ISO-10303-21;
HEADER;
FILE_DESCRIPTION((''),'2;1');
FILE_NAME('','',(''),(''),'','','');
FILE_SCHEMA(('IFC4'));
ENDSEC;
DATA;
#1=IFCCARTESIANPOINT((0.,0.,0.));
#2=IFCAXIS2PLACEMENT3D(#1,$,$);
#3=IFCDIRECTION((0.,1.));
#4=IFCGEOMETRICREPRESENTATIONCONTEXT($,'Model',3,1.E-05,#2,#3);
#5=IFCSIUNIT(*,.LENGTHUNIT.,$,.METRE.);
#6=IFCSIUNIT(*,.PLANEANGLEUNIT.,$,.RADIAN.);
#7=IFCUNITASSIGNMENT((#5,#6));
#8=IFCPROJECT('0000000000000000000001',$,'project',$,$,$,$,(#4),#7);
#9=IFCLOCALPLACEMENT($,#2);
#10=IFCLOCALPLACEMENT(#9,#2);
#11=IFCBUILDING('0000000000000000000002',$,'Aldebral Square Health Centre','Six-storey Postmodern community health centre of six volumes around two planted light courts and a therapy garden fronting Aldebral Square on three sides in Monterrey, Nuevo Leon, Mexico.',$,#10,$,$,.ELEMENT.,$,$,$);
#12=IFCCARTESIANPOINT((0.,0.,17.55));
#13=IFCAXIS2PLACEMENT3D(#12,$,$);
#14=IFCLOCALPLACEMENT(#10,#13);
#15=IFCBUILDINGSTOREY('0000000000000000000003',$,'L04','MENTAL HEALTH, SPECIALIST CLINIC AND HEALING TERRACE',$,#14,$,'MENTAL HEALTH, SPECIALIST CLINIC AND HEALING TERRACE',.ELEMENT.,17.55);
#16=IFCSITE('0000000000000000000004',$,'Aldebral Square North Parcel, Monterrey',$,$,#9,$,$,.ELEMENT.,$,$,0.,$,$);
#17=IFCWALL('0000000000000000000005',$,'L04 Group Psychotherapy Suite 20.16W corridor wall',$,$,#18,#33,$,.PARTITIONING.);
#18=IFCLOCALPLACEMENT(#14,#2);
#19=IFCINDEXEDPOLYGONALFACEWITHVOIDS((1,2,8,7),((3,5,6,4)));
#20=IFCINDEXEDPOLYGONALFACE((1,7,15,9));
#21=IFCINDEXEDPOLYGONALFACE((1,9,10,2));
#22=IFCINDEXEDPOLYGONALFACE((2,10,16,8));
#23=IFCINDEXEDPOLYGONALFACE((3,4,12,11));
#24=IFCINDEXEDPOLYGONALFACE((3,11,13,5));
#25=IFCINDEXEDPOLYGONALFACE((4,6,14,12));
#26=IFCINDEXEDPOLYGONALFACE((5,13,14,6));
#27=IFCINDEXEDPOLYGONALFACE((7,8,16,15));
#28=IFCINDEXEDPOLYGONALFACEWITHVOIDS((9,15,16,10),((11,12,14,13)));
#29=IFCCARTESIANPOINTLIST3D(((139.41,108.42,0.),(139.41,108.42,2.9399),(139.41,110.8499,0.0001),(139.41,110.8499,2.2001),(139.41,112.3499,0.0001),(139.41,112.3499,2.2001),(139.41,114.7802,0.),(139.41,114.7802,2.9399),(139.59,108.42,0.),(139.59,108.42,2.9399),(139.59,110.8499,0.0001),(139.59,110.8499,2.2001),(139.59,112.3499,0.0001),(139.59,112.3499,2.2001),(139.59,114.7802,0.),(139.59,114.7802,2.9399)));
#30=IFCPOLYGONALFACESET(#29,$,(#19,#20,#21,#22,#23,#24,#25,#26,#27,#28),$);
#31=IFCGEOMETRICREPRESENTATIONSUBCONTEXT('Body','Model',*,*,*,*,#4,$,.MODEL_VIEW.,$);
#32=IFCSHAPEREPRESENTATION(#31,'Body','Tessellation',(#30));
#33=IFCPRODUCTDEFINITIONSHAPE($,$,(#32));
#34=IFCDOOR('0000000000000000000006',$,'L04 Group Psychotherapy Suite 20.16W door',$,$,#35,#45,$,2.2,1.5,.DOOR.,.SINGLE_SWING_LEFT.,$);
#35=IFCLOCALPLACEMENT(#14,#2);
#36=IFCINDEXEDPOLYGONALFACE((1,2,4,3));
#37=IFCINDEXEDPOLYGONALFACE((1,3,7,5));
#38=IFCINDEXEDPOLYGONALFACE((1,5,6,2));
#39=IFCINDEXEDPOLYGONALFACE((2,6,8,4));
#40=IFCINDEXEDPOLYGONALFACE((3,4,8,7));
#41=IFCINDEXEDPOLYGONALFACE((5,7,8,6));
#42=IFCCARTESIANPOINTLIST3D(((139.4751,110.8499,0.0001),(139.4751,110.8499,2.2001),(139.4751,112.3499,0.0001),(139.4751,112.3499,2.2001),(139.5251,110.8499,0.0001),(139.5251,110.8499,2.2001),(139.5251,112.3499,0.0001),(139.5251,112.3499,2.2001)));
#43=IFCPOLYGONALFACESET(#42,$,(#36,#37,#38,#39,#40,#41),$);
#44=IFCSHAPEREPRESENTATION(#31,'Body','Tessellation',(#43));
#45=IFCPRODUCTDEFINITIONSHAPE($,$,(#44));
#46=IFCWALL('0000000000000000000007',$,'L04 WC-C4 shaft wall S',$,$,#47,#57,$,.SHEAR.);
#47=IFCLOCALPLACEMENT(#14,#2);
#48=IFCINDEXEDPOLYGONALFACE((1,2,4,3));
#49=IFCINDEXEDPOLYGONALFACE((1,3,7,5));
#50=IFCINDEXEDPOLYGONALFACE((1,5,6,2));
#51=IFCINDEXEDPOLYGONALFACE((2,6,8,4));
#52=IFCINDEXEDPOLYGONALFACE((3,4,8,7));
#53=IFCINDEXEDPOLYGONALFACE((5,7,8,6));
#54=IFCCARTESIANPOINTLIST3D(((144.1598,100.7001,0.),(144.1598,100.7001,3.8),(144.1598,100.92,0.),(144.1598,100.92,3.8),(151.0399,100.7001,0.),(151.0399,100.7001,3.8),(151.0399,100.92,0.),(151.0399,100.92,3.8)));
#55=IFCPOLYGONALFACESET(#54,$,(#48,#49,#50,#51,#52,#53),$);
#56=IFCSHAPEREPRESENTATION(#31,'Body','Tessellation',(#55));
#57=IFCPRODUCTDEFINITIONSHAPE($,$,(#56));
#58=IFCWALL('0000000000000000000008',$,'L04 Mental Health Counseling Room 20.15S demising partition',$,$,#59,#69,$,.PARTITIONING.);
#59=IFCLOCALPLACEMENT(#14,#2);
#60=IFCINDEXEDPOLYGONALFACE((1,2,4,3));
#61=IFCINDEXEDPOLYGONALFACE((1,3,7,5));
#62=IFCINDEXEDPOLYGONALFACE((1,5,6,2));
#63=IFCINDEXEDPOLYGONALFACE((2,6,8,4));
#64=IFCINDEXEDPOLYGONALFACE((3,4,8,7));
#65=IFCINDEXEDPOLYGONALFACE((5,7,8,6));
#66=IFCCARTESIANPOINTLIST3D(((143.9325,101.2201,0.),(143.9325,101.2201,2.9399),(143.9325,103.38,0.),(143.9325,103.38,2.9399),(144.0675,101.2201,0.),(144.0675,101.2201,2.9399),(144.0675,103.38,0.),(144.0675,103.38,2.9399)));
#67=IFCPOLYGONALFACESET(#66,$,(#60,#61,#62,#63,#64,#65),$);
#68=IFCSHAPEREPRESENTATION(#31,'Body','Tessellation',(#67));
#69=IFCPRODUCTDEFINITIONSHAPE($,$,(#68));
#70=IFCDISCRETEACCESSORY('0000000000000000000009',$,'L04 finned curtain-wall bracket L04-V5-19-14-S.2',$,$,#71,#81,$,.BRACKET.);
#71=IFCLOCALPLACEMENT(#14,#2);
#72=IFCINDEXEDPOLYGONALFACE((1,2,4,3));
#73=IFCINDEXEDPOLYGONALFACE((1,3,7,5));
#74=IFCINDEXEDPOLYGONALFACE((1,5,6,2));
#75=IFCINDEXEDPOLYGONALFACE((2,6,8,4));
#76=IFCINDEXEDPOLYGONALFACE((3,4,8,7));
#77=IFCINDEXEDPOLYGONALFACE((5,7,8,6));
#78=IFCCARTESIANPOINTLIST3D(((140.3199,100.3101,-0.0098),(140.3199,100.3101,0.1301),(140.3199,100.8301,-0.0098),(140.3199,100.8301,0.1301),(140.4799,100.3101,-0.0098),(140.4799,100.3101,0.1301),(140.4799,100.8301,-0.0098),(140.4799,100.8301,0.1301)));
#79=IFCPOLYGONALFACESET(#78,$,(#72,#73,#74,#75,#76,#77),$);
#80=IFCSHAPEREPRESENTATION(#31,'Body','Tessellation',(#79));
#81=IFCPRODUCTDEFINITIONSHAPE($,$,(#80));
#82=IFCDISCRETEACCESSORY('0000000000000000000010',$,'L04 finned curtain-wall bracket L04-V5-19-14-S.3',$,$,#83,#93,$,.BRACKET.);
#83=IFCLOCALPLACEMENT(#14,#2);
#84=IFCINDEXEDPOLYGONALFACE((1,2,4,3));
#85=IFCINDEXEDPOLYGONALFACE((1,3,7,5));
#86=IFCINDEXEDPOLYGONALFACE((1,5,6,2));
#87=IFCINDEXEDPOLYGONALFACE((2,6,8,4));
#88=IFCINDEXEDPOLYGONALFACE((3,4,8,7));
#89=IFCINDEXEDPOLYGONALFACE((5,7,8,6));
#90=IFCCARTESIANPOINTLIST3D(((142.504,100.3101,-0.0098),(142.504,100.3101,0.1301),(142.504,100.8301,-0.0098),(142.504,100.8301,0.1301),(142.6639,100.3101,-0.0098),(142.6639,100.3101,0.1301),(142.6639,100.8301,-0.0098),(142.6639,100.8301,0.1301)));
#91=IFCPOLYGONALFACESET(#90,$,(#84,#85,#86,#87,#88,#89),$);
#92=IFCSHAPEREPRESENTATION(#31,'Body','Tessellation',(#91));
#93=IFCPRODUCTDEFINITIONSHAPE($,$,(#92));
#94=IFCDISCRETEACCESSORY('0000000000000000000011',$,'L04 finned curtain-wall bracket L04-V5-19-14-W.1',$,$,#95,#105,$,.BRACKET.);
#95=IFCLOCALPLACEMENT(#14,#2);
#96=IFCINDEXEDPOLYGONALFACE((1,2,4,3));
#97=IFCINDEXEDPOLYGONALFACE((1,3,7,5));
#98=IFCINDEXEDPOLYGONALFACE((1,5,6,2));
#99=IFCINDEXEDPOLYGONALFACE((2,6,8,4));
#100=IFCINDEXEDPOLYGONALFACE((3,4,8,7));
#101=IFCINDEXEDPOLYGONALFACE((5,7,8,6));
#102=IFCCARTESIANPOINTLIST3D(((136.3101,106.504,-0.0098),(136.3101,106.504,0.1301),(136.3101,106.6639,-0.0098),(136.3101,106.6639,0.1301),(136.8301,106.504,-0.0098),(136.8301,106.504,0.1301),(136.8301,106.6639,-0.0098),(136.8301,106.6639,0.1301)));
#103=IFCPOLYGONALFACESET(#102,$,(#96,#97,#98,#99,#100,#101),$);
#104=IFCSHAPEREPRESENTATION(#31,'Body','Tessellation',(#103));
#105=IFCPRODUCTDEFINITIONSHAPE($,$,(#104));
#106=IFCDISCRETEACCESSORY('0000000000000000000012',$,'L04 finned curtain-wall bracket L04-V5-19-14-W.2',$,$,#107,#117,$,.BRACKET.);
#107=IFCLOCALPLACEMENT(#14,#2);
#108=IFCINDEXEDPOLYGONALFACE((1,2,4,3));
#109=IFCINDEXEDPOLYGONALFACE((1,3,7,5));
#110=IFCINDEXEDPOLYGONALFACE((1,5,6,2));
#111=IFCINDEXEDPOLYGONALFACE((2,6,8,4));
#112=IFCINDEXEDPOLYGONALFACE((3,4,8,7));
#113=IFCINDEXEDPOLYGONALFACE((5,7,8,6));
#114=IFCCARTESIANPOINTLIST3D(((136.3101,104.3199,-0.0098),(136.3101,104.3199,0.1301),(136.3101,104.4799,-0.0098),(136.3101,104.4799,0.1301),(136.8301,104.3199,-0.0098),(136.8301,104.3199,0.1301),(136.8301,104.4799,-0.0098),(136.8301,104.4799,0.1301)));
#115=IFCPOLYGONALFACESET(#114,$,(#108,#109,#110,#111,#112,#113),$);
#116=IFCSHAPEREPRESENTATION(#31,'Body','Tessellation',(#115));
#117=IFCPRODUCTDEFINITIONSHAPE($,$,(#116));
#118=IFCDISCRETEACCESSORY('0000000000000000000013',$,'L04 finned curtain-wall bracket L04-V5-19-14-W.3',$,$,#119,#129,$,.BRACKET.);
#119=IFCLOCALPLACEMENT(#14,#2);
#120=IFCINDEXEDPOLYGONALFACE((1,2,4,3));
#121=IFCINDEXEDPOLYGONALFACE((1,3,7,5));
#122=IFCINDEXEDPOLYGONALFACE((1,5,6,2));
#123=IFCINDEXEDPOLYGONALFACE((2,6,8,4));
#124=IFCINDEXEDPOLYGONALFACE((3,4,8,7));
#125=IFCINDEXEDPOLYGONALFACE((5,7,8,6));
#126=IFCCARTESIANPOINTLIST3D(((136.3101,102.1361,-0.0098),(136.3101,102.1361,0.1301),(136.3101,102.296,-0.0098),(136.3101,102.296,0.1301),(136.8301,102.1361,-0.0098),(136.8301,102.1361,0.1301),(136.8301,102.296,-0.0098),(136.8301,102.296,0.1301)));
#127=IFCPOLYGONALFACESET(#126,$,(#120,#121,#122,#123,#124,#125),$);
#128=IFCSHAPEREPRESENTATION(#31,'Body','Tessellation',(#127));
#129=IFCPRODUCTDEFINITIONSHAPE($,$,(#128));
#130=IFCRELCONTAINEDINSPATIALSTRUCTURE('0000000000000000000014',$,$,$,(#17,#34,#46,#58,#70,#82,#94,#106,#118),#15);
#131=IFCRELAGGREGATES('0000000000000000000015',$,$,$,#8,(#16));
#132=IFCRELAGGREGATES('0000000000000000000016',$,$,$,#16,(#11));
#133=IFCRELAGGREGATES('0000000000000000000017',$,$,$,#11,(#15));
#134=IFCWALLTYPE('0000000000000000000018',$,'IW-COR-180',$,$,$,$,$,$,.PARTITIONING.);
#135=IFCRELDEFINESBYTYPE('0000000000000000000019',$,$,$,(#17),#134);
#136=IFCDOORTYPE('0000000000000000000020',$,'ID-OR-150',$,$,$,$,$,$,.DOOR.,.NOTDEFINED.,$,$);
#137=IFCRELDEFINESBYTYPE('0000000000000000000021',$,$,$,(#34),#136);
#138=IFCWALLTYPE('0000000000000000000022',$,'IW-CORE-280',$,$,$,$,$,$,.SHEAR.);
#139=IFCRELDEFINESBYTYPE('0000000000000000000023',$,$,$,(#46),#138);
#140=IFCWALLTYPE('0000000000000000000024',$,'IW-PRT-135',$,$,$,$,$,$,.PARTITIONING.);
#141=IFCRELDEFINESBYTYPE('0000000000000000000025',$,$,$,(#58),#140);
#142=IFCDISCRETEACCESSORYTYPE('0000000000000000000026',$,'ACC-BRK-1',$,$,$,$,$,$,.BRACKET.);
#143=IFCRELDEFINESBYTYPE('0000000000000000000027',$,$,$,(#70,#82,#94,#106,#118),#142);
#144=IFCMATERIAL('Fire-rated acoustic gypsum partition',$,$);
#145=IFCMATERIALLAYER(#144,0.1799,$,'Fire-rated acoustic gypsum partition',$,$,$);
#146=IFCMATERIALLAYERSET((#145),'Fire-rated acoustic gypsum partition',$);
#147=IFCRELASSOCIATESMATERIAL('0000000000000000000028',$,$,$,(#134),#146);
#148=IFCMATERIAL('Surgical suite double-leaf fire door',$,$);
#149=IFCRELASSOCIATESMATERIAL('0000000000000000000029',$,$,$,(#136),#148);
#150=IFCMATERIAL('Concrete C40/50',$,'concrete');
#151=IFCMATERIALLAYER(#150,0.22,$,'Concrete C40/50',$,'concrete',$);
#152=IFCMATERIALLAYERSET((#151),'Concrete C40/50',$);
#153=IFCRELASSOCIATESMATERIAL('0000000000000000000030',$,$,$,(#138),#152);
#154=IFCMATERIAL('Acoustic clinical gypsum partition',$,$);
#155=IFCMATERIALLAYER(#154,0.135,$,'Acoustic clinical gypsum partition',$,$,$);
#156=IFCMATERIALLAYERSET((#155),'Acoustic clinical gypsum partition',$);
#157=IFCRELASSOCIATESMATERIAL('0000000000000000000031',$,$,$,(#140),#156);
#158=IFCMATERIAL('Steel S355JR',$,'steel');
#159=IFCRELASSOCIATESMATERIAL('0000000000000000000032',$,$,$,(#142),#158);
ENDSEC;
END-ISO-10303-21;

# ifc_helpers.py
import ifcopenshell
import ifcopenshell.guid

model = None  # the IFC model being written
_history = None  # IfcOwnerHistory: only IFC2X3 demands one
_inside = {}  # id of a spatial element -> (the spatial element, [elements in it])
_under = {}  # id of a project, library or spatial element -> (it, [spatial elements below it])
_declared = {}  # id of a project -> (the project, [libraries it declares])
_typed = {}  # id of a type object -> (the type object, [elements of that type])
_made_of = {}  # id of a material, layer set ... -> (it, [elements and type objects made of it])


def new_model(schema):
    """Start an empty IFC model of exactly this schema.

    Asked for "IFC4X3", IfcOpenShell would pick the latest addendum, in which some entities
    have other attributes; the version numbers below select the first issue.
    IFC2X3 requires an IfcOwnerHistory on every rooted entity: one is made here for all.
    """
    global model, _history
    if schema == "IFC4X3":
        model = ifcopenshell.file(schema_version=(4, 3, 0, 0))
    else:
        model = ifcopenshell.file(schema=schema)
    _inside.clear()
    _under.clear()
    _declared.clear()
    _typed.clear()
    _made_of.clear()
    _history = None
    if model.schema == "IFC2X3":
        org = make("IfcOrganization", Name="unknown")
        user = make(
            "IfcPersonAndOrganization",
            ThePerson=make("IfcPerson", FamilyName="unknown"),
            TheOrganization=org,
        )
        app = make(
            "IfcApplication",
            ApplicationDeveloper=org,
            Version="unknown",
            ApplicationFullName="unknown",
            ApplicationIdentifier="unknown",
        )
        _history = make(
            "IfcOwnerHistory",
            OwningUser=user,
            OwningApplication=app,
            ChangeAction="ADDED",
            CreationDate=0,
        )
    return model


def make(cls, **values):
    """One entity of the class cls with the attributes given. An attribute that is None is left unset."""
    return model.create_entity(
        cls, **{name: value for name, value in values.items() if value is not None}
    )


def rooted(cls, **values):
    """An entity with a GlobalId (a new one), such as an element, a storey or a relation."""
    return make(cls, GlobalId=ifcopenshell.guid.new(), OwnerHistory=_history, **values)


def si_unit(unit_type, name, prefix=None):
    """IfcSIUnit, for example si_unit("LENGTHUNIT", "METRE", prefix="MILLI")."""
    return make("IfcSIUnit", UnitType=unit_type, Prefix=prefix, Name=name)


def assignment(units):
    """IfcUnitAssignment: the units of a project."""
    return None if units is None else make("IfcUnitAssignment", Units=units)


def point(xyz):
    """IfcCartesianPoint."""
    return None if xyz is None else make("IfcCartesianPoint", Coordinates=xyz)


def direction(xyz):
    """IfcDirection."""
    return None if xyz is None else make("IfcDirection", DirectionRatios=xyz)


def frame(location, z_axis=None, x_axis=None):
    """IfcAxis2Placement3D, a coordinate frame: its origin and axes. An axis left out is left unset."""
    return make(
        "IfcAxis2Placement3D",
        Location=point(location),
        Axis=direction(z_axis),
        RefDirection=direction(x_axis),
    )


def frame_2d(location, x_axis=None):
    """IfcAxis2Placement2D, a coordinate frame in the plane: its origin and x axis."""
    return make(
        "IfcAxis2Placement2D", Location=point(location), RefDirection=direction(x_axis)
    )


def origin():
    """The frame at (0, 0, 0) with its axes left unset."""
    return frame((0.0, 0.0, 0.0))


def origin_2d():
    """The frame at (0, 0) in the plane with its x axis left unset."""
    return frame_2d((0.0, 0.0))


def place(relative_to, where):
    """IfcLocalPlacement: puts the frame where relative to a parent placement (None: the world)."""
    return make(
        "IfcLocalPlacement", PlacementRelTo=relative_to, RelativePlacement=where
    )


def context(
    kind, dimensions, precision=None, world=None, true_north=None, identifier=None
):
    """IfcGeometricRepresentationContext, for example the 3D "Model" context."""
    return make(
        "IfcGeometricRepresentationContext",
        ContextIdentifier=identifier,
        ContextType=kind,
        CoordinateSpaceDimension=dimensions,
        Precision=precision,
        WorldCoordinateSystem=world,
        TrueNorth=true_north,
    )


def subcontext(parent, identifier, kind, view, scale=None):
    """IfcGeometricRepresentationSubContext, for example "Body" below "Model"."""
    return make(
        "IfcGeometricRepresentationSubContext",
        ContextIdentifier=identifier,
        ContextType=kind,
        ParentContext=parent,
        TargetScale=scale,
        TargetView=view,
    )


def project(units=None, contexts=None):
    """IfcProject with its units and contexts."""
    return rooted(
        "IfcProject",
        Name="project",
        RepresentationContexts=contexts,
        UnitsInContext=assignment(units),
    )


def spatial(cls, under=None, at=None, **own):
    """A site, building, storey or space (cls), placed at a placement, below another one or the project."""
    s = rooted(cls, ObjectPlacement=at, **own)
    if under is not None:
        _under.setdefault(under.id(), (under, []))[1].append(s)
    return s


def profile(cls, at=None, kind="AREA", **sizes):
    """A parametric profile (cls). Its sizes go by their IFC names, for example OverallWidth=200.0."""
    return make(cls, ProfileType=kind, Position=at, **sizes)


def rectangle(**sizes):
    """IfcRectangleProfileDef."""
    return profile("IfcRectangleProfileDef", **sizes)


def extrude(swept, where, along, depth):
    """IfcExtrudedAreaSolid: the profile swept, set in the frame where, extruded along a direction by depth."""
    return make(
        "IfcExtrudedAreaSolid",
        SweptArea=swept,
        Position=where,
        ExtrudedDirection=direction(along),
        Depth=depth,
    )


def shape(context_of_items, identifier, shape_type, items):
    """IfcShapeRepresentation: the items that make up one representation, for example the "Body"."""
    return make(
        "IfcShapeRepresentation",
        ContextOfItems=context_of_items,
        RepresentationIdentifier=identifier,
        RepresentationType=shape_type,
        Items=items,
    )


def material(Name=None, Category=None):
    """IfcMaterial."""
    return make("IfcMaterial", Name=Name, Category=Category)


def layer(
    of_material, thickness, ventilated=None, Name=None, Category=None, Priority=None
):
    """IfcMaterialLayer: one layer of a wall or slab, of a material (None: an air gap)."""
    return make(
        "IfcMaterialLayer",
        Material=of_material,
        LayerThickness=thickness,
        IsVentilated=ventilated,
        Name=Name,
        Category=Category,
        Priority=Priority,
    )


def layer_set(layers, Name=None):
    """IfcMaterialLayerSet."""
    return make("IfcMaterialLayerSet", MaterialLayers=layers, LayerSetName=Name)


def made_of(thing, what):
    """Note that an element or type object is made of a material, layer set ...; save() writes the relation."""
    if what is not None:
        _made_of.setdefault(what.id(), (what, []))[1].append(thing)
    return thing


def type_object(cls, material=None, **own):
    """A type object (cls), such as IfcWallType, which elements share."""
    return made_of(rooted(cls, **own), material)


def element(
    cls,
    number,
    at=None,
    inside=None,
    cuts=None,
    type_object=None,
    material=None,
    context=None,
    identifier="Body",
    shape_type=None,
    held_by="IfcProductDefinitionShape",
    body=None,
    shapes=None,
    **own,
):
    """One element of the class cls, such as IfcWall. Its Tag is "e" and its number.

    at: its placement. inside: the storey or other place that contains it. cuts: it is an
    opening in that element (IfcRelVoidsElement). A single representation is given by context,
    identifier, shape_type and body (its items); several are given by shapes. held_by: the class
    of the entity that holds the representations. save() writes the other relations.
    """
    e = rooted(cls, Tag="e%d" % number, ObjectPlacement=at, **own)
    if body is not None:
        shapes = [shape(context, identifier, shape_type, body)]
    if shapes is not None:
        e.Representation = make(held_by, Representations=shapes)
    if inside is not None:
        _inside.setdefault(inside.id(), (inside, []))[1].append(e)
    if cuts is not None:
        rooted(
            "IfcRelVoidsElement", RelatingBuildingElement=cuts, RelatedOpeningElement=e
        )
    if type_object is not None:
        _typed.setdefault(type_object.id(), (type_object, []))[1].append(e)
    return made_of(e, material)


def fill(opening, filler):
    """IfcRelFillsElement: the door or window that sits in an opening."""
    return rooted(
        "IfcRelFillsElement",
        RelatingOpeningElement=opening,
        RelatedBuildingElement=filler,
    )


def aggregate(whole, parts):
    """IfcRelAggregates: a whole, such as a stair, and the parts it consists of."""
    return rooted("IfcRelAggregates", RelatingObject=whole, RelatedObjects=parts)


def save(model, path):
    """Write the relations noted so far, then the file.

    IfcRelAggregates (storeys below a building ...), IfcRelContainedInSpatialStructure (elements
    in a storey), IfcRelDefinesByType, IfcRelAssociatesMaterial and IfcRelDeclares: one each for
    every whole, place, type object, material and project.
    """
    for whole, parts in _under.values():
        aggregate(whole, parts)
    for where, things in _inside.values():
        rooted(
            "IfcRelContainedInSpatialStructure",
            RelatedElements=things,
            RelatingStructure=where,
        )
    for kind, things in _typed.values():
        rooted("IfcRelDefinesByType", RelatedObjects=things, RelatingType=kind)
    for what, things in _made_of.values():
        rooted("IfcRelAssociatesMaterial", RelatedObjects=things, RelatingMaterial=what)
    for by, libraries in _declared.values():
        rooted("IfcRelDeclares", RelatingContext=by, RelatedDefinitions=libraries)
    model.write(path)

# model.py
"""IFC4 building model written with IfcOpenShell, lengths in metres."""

from ifc_helpers import new_model, si_unit, direction, frame, frame_2d, origin, origin_2d, place, context, subcontext, project, spatial, rectangle, extrude, material, layer, layer_set, type_object, element, fill, save


model = new_model("IFC4")

# Units and contexts
model_context = context("Model", 3, precision=1e-05, world=origin(), true_north=direction((0.0, 1.0)))
body_context = subcontext(model_context, "Body", "Model", "MODEL_VIEW")
ifc_project = project(units=[si_unit("LENGTHUNIT", "METRE"), si_unit("PLANEANGLEUNIT", "RADIAN")], contexts=[model_context])

# Site, building, storey
site_placement = place(None, origin())
site = spatial("IfcSite", under=ifc_project, at=site_placement, Name="Aldebral Square North Parcel, Monterrey", CompositionType="ELEMENT", RefElevation=0.0)
building_placement = place(site_placement, origin())
building = spatial("IfcBuilding", under=site, at=building_placement, Name="Aldebral Square Health Centre", Description="Six-storey Postmodern community health centre of six volumes around two planted light courts and a therapy garden fronting Aldebral Square on three sides in Monterrey, Nuevo Leon, Mexico.", CompositionType="ELEMENT")
storey_placement = place(building_placement, frame((0.0, 0.0, 17.55)))
storey = spatial("IfcBuildingStorey", under=building, at=storey_placement, Name="L04", Description="MENTAL HEALTH, SPECIALIST CLINIC AND HEALING TERRACE", LongName="MENTAL HEALTH, SPECIALIST CLINIC AND HEALING TERRACE", CompositionType="ELEMENT", Elevation=17.55)

# Shared definitions
ifc_material_1 = material(Name="Concrete C40/50", Category="concrete")

# Wall, opening, door
ifc_material_2 = material(Name="Fire-rated acoustic gypsum partition")
ifc_layer_1 = layer(ifc_material_2, 0.1799, Name="Fire-rated acoustic gypsum partition")
ifc_layer_set_1 = layer_set([ifc_layer_1], Name="Fire-rated acoustic gypsum partition")
wall_type_1 = type_object("IfcWallType", Name="IW-COR-180", PredefinedType="PARTITIONING", material=ifc_layer_set_1)
wall_1_placement = place(storey_placement, frame((139.5, 108.4199, 0.0), z_axis=(0.0, 0.0, 1.0), x_axis=(0.0, 1.0, 0.0)))
wall_1 = element("IfcWall", 1, at=wall_1_placement, inside=storey, type_object=wall_type_1, Name="L04 Group Psychotherapy Suite 20.16W corridor wall", PredefinedType="PARTITIONING", context=body_context, shape_type="SweptSolid", body=[
    extrude(rectangle(XDim=6.3601, YDim=0.1799, at=frame_2d((3.1802, 0.0))), origin(), (0.0, 0.0, 1.0), 2.9399),
])
opening_1_placement = place(wall_1_placement, frame((2.4299, 0.0, 0.0)))
opening_1 = element("IfcOpeningElement", 2, at=opening_1_placement, cuts=wall_1, PredefinedType="OPENING", context=body_context, shape_type="SweptSolid", body=[
    extrude(rectangle(XDim=1.5, YDim=2.2, at=frame_2d((0.75, 1.1001))), frame((0.0, 0.1001, 0.0), z_axis=(0.0, -1.0, 0.0), x_axis=(1.0, 0.0, 0.0)), (0.0, 0.0, 1.0), 0.2),
])
ifc_material_3 = material(Name="Surgical suite double-leaf fire door")
door_type_1 = type_object("IfcDoorType", Name="ID-OR-150", OperationType="NOTDEFINED", PredefinedType="DOOR", material=ifc_material_3)
door_1_placement = place(opening_1_placement, origin())
door_1 = element("IfcDoor", 3, at=door_1_placement, inside=storey, type_object=door_type_1, Name="L04 Group Psychotherapy Suite 20.16W door", OperationType="SINGLE_SWING_LEFT", OverallHeight=2.2, OverallWidth=1.5, PredefinedType="DOOR", context=body_context, shape_type="SweptSolid", body=[
    extrude(rectangle(XDim=1.5, YDim=2.2, at=frame_2d((0.75, 1.1001))), frame((0.0, 0.0249, 0.0), z_axis=(0.0, -1.0, 0.0), x_axis=(1.0, 0.0, 0.0)), (0.0, 0.0, 1.0), 0.05),
])
fill(opening_1, door_1)

# Walls
ifc_layer_2 = layer(ifc_material_1, 0.22, Name="Concrete C40/50", Category="concrete")
ifc_layer_set_2 = layer_set([ifc_layer_2], Name="Concrete C40/50")
wall_type_2 = type_object("IfcWallType", Name="IW-CORE-280", PredefinedType="SHEAR", material=ifc_layer_set_2)
wall_2_placement = place(storey_placement, frame((144.1599, 100.8101, 0.0), z_axis=(0.0, 0.0, 1.0), x_axis=(1.0, 0.0, 0.0)))
element("IfcWall", 4, at=wall_2_placement, inside=storey, type_object=wall_type_2, Name="L04 WC-C4 shaft wall S", PredefinedType="SHEAR", context=body_context, shape_type="SweptSolid", body=[
    extrude(rectangle(XDim=6.8801, YDim=0.22, at=frame_2d((3.4399, 0.0))), origin(), (0.0, 0.0, 1.0), 3.8),
])
ifc_material_4 = material(Name="Acoustic clinical gypsum partition")
ifc_layer_3 = layer(ifc_material_4, 0.135, Name="Acoustic clinical gypsum partition")
ifc_layer_set_3 = layer_set([ifc_layer_3], Name="Acoustic clinical gypsum partition")
wall_type_3 = type_object("IfcWallType", Name="IW-PRT-135", PredefinedType="PARTITIONING", material=ifc_layer_set_3)
wall_3_placement = place(storey_placement, frame((144.0, 101.22, 0.0), z_axis=(0.0, 0.0, 1.0), x_axis=(0.0, 1.0, 0.0)))
element("IfcWall", 5, at=wall_3_placement, inside=storey, type_object=wall_type_3, Name="L04 Mental Health Counseling Room 20.15S demising partition", PredefinedType="PARTITIONING", context=body_context, shape_type="SweptSolid", body=[
    extrude(rectangle(XDim=2.1599, YDim=0.135, at=frame_2d((1.0801, 0.0))), origin(), (0.0, 0.0, 1.0), 2.9399),
])

# Discrete accessories
ifc_material_5 = material(Name="Steel S355JR", Category="steel")
discrete_accessory_type = type_object("IfcDiscreteAccessoryType", Name="ACC-BRK-1", PredefinedType="BRACKET", material=ifc_material_5)
for number, where, z_axis, x_axis, name in (
    (6, (140.3999, 100.5701, -0.0098), (0.0, 0.0, 1.0), (1.0, 0.0, 0.0), "L04 finned curtain-wall bracket L04-V5-19-14-S.2"),
    (7, (142.584, 100.5701, -0.0098), (0.0, 0.0, 1.0), (1.0, 0.0, 0.0), "L04 finned curtain-wall bracket L04-V5-19-14-S.3"),
    (8, (136.5701, 106.584, -0.0098), (0.0, 0.0, 1.0), (0.0, 1.0, 0.0), "L04 finned curtain-wall bracket L04-V5-19-14-W.1"),
    (9, (136.5701, 104.3999, -0.0098), (0.0, 0.0, 1.0), (0.0, 1.0, 0.0), "L04 finned curtain-wall bracket L04-V5-19-14-W.2"),
    (10, (136.5701, 102.2161, -0.0098), (0.0, 0.0, 1.0), (0.0, 1.0, 0.0), "L04 finned curtain-wall bracket L04-V5-19-14-W.3"),
):
    element("IfcDiscreteAccessory", number, at=place(storey_placement, frame(where, z_axis=z_axis, x_axis=x_axis)), inside=storey, type_object=discrete_accessory_type, Name=name, PredefinedType="BRACKET", context=body_context, shape_type="SweptSolid", body=[
        extrude(rectangle(XDim=0.1599, YDim=0.52, at=origin_2d()), origin(), (0.0, 0.0, 1.0), 0.1399),
    ])

save(model, "model.ifc")
